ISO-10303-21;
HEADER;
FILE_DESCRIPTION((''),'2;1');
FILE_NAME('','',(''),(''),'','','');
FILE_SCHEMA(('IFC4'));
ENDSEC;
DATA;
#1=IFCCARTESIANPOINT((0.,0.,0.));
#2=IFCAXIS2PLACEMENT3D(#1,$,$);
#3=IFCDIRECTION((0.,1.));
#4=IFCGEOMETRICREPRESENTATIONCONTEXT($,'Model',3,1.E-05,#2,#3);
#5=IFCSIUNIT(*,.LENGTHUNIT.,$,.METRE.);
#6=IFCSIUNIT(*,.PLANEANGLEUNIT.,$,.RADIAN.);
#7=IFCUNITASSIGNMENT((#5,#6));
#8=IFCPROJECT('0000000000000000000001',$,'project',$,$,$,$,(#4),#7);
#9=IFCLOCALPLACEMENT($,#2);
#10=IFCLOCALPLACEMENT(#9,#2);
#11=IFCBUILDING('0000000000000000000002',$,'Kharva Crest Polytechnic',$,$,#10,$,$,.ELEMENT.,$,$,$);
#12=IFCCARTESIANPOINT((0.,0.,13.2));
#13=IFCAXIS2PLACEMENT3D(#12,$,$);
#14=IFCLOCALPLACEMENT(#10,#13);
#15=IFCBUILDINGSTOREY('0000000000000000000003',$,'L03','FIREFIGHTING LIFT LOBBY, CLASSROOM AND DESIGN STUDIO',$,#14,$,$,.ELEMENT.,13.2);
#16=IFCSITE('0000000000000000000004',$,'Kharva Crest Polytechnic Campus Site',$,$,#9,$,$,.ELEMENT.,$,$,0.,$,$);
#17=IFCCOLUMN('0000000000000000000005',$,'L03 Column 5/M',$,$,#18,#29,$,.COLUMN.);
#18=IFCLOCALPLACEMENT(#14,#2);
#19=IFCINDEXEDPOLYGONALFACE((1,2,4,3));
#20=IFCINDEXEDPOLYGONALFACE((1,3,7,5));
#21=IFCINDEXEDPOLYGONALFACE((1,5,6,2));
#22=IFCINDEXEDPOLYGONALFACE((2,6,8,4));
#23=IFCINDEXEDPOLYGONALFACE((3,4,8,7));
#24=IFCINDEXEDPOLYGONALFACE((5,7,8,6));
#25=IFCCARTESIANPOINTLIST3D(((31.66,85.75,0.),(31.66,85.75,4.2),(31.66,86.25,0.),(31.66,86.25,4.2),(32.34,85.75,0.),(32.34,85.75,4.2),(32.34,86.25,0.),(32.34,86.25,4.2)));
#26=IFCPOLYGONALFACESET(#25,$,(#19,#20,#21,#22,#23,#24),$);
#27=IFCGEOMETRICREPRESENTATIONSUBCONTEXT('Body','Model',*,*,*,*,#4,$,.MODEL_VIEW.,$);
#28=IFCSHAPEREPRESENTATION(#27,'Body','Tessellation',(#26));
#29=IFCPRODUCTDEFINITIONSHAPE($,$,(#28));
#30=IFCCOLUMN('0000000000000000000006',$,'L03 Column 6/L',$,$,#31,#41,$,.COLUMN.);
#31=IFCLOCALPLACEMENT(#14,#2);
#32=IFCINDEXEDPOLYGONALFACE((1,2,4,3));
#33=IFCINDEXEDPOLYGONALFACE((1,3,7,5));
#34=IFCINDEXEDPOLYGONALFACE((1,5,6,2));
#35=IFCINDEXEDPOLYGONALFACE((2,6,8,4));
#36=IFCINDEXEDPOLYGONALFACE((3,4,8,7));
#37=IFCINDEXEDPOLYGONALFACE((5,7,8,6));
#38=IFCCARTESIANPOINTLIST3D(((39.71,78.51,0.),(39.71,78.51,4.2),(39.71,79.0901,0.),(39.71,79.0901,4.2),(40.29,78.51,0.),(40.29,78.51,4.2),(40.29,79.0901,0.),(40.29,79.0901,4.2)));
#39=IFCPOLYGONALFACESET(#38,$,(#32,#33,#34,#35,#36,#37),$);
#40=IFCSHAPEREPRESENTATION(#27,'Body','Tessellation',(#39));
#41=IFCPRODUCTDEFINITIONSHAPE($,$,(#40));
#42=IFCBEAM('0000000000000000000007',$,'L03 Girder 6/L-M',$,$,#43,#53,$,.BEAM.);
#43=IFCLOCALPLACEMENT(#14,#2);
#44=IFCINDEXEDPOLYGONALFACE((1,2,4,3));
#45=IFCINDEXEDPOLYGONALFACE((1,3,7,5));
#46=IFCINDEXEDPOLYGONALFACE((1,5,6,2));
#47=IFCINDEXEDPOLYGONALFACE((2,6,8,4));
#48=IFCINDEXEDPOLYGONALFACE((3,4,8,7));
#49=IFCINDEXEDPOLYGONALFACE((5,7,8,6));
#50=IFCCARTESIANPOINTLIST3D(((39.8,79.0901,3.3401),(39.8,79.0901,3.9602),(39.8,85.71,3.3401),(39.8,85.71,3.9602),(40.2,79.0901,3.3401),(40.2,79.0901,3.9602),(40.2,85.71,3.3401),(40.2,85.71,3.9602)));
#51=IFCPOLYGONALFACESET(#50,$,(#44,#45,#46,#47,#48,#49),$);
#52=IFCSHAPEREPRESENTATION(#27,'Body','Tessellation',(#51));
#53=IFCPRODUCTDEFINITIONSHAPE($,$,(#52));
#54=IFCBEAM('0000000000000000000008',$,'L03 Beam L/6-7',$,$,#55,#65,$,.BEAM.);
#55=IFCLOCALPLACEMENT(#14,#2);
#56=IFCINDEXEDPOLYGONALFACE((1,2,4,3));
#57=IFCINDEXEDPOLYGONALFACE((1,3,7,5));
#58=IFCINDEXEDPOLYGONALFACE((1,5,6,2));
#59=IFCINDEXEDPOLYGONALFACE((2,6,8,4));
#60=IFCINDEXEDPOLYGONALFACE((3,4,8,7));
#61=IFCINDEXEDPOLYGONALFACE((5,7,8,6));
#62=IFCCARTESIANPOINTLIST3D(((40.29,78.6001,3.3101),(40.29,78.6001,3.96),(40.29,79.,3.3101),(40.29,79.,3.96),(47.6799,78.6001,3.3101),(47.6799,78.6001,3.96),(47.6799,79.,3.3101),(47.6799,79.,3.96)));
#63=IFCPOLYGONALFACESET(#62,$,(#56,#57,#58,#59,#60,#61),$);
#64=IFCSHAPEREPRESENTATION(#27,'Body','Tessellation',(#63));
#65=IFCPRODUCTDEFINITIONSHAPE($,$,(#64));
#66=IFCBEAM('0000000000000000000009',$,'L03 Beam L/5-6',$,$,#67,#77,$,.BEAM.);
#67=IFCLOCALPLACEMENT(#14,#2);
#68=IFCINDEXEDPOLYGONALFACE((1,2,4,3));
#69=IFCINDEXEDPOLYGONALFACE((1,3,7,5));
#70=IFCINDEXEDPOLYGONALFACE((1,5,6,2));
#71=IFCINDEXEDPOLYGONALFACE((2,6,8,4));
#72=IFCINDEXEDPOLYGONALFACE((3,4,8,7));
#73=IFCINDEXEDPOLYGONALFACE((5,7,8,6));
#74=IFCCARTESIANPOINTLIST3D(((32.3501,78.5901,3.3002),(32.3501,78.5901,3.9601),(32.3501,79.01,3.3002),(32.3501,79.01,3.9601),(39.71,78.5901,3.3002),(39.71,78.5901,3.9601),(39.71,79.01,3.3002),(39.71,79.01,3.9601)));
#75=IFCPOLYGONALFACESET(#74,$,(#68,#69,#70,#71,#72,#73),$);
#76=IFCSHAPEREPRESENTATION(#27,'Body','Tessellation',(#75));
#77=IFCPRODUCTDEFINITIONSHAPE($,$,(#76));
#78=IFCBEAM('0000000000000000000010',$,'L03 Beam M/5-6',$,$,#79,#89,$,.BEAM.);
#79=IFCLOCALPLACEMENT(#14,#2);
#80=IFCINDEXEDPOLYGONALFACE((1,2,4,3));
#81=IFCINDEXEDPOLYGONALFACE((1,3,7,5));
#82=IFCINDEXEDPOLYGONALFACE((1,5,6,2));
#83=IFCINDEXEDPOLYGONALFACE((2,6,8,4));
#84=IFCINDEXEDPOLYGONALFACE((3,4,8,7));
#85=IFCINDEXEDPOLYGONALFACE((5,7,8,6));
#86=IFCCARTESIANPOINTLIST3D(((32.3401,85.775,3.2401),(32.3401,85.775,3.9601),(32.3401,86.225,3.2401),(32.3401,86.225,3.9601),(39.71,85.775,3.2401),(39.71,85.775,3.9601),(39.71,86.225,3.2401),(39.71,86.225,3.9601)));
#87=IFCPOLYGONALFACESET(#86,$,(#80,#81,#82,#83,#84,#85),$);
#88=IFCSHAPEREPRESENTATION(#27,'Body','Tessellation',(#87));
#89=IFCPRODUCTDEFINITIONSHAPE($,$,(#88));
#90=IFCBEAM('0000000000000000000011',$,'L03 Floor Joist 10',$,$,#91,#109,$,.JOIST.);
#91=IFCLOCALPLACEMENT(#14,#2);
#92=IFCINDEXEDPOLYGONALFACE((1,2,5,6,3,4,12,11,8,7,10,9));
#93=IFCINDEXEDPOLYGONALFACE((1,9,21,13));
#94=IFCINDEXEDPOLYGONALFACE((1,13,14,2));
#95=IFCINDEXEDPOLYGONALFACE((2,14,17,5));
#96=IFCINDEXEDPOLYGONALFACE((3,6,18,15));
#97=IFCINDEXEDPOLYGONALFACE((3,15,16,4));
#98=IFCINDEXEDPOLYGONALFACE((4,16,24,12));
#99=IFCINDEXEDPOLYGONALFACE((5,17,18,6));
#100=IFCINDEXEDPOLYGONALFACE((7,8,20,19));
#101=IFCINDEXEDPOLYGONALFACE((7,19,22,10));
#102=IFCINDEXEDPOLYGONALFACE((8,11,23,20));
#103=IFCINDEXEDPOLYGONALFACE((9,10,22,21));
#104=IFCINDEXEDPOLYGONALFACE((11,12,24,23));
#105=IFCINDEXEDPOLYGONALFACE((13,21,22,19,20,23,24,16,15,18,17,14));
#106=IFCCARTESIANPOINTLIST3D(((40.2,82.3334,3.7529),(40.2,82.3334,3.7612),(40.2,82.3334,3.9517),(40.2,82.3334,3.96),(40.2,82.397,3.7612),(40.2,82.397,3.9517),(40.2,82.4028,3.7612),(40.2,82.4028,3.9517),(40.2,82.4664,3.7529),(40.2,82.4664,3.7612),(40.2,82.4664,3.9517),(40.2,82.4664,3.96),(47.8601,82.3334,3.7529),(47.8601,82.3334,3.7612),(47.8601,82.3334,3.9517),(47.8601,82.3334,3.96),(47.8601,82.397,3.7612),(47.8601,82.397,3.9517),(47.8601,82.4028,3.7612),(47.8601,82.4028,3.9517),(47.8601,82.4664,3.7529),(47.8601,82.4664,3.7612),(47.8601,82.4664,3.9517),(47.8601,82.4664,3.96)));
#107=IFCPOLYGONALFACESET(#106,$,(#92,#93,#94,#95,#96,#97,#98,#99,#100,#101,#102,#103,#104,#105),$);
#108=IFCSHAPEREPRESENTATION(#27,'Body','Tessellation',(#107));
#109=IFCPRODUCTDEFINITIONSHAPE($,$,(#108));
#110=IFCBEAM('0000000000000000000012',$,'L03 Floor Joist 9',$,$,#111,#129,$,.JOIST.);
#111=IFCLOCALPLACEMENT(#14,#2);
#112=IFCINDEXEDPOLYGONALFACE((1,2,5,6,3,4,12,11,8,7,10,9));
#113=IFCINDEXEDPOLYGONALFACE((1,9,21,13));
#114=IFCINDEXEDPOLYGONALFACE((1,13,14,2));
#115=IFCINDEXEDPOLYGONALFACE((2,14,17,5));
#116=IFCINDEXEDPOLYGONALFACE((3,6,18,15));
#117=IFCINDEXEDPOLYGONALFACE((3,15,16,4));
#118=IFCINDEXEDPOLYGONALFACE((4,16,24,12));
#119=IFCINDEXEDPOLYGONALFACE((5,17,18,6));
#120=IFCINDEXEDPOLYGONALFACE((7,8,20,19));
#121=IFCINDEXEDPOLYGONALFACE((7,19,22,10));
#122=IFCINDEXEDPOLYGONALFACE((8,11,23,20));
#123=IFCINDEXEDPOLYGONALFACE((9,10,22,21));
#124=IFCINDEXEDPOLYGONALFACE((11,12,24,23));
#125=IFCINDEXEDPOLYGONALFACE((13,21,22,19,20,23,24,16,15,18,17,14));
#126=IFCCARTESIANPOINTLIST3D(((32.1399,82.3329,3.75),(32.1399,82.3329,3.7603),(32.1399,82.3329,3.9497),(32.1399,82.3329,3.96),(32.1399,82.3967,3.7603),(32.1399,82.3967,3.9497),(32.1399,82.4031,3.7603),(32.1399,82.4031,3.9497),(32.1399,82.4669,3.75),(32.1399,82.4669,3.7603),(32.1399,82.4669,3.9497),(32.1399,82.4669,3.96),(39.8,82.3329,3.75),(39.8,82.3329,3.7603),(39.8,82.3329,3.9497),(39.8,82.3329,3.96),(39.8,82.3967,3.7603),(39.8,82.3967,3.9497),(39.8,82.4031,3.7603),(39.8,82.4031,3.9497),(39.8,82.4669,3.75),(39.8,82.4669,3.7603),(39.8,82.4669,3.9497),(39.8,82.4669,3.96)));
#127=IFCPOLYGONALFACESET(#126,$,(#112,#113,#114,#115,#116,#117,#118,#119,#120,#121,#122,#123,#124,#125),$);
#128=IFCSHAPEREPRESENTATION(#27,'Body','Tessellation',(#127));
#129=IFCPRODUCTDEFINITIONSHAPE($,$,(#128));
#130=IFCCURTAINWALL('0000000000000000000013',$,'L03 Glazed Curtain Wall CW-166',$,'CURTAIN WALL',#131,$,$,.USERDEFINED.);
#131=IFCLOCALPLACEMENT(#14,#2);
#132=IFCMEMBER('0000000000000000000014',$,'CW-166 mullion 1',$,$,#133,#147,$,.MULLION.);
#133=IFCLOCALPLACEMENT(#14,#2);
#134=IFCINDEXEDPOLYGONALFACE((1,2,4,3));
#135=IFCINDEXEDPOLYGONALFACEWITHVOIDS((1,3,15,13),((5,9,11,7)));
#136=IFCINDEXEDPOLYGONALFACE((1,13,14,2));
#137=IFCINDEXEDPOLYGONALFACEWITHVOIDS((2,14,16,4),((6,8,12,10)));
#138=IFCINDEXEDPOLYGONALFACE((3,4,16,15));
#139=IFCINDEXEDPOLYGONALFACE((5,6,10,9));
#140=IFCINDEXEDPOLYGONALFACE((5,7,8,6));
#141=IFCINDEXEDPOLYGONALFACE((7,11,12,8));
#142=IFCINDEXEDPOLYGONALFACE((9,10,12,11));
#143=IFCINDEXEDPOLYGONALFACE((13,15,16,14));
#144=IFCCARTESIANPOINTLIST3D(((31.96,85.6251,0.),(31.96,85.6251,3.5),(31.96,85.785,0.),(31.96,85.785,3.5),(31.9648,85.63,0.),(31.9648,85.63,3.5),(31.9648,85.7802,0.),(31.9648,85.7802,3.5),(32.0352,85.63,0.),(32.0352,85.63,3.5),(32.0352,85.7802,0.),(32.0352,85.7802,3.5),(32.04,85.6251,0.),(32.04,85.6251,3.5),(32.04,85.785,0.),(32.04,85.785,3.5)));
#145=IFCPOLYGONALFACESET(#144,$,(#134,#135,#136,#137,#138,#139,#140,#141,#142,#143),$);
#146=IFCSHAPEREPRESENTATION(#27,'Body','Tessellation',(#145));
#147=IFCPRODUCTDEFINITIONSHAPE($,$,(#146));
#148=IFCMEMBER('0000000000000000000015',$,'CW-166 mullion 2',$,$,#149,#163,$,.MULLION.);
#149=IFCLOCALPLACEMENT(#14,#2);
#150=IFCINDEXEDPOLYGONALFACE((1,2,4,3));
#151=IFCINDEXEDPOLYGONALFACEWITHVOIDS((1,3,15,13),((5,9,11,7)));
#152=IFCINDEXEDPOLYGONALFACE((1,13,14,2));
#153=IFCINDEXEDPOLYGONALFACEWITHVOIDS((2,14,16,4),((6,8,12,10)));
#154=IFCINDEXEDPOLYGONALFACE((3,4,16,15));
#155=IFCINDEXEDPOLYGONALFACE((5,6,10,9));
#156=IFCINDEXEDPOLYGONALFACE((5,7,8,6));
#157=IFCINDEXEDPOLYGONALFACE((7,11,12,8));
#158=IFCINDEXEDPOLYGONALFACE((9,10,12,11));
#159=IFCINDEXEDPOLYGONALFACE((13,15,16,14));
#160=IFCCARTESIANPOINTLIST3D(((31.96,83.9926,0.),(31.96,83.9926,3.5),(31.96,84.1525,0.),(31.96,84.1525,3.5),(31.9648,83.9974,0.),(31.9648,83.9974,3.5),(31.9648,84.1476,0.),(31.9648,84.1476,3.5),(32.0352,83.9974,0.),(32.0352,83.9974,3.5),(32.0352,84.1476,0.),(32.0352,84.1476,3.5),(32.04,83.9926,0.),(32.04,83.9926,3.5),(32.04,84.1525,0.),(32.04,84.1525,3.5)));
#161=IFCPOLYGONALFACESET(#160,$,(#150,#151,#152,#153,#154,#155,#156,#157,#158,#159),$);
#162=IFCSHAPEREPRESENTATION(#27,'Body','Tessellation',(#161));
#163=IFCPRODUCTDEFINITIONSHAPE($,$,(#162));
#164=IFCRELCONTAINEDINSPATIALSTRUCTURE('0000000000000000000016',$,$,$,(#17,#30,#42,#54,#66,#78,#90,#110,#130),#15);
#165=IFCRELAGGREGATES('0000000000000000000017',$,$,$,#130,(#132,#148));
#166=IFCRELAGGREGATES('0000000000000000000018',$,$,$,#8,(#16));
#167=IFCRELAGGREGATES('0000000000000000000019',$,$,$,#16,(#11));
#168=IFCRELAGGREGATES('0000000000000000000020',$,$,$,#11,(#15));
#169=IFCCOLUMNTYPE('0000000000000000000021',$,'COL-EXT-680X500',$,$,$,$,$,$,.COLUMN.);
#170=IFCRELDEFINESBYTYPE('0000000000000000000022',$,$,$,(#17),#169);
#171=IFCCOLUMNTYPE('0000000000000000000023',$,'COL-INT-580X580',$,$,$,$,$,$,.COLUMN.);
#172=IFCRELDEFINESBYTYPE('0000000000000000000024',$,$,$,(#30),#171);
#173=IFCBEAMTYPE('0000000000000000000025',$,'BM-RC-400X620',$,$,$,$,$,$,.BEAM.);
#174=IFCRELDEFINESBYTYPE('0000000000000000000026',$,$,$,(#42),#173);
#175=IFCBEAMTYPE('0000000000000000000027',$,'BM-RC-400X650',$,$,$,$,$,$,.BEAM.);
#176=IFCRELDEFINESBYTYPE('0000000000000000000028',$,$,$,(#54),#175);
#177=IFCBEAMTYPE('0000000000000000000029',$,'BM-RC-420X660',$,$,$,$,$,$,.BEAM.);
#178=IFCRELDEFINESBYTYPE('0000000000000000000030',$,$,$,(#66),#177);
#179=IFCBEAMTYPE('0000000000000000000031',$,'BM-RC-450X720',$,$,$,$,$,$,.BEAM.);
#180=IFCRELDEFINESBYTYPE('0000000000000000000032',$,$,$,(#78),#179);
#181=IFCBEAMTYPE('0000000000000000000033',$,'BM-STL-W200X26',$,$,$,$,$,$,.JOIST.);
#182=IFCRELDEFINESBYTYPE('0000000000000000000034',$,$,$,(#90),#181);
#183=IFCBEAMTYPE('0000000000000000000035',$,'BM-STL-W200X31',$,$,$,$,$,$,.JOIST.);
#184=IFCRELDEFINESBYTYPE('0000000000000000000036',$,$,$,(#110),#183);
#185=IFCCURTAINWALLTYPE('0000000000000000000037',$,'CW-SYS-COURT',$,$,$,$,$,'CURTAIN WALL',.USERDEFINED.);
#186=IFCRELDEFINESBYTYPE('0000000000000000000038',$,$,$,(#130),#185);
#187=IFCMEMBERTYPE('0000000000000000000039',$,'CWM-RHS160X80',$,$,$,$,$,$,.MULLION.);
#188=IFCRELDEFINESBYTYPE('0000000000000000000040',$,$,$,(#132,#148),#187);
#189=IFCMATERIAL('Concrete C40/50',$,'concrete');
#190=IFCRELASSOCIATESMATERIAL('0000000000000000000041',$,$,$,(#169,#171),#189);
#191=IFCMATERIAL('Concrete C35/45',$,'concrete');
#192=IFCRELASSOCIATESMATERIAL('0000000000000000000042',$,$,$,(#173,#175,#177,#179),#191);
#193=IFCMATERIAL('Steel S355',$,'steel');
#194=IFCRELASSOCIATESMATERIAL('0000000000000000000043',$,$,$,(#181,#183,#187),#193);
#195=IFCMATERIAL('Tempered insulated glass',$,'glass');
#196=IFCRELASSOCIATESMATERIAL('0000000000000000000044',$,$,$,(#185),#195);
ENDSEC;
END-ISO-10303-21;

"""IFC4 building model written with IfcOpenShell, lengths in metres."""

from ifc_helpers import new_model, si_unit, direction, frame, origin, origin_2d, place, context, subcontext, project, spatial, rectangle, hollow_rectangle, i_section, extrude, material, material_profile, profile_set, type_object, element, aggregate, save


model = new_model("IFC4")

# Units and contexts
model_context = context("Model", 3, precision=1e-05, world=origin(), true_north=direction((0.0, 1.0)))
body_context = subcontext(model_context, "Body", "Model", "MODEL_VIEW")
ifc_project = project(units=[si_unit("LENGTHUNIT", "METRE"), si_unit("PLANEANGLEUNIT", "RADIAN")], contexts=[model_context])

# Site, building, storey
site_placement = place(None, origin())
site = spatial("IfcSite", under=ifc_project, at=site_placement, Name="Kharva Crest Polytechnic Campus Site", CompositionType="ELEMENT", RefElevation=0.0)
building_placement = place(site_placement, origin())
building = spatial("IfcBuilding", under=site, at=building_placement, Name="Kharva Crest Polytechnic", CompositionType="ELEMENT")
storey_placement = place(building_placement, frame((0.0, 0.0, 13.2)))
storey = spatial("IfcBuildingStorey", under=building, at=storey_placement, Name="L03", Description="FIREFIGHTING LIFT LOBBY, CLASSROOM AND DESIGN STUDIO", CompositionType="ELEMENT", Elevation=13.2)

# Columns
ifc_material_1 = material(Name="Concrete C40/50", Category="concrete")
ifc_material_profile_1 = material_profile(ifc_material_1, rectangle(XDim=0.6799, YDim=0.5, at=origin_2d()), Name="RECT 680 X 500")
ifc_profile_set_1 = profile_set([ifc_material_profile_1], Name="Concrete C40/50")
column_type_1 = type_object("IfcColumnType", Name="COL-EXT-680X500", PredefinedType="COLUMN", material=ifc_profile_set_1)
column_1_placement = place(storey_placement, frame((32.0, 86.0, 0.0), z_axis=(0.0, 0.0, 1.0), x_axis=(1.0, 0.0, 0.0)))
element("IfcColumn", 1, at=column_1_placement, inside=storey, type_object=column_type_1, Name="L03 Column 5/M", PredefinedType="COLUMN", context=body_context, shape_type="SweptSolid", body=[
    extrude(rectangle(XDim=0.6799, YDim=0.5, at=origin_2d()), origin(), (0.0, 0.0, 1.0), 4.2),
])
ifc_material_profile_2 = material_profile(ifc_material_1, rectangle(XDim=0.5801, YDim=0.5801, at=origin_2d()), Name="RECT 580 X 580")
ifc_profile_set_2 = profile_set([ifc_material_profile_2], Name="Concrete C40/50")
column_type_2 = type_object("IfcColumnType", Name="COL-INT-580X580", PredefinedType="COLUMN", material=ifc_profile_set_2)
column_2_placement = place(storey_placement, frame((40.0, 78.8, 0.0), z_axis=(0.0, 0.0, 1.0), x_axis=(1.0, 0.0, 0.0)))
element("IfcColumn", 2, at=column_2_placement, inside=storey, type_object=column_type_2, Name="L03 Column 6/L", PredefinedType="COLUMN", context=body_context, shape_type="SweptSolid", body=[
    extrude(rectangle(XDim=0.5801, YDim=0.5801, at=origin_2d()), origin(), (0.0, 0.0, 1.0), 4.2),
])

# Beams
ifc_material_2 = material(Name="Concrete C35/45", Category="concrete")
ifc_material_profile_3 = material_profile(ifc_material_2, rectangle(XDim=0.3999, YDim=0.6201, at=origin_2d()), Name="RECT 400 X 620")
ifc_profile_set_3 = profile_set([ifc_material_profile_3], Name="Concrete C35/45")
beam_type_1 = type_object("IfcBeamType", Name="BM-RC-400X620", PredefinedType="BEAM", material=ifc_profile_set_3)
beam_1_placement = place(storey_placement, frame((40.0, 79.0901, 3.6501), z_axis=(0.0, 1.0, 0.0), x_axis=(-1.0, 0.0, 0.0)))
element("IfcBeam", 3, at=beam_1_placement, inside=storey, type_object=beam_type_1, Name="L03 Girder 6/L-M", PredefinedType="BEAM", context=body_context, shape_type="SweptSolid", body=[
    extrude(rectangle(XDim=0.3999, YDim=0.6201, at=origin_2d()), origin(), (0.0, 0.0, 1.0), 6.6199),
])
ifc_material_profile_4 = material_profile(ifc_material_2, rectangle(XDim=0.3999, YDim=0.6499, at=origin_2d()), Name="RECT 400 X 650")
ifc_profile_set_4 = profile_set([ifc_material_profile_4], Name="Concrete C35/45")
beam_type_2 = type_object("IfcBeamType", Name="BM-RC-400X650", PredefinedType="BEAM", material=ifc_profile_set_4)
beam_2_placement = place(storey_placement, frame((40.29, 78.8, 3.635), z_axis=(1.0, 0.0, 0.0), x_axis=(0.0, 1.0, 0.0)))
element("IfcBeam", 4, at=beam_2_placement, inside=storey, type_object=beam_type_2, Name="L03 Beam L/6-7", PredefinedType="BEAM", context=body_context, shape_type="SweptSolid", body=[
    extrude(rectangle(XDim=0.3999, YDim=0.6499, at=origin_2d()), origin(), (0.0, 0.0, 1.0), 7.3899),
])
ifc_material_profile_5 = material_profile(ifc_material_2, rectangle(XDim=0.4199, YDim=0.6599, at=origin_2d()), Name="RECT 420 X 660")
ifc_profile_set_5 = profile_set([ifc_material_profile_5], Name="Concrete C35/45")
beam_type_3 = type_object("IfcBeamType", Name="BM-RC-420X660", PredefinedType="BEAM", material=ifc_profile_set_5)
beam_3_placement = place(storey_placement, frame((32.3501, 78.8, 3.6301), z_axis=(1.0, 0.0, 0.0), x_axis=(0.0, 1.0, 0.0)))
element("IfcBeam", 5, at=beam_3_placement, inside=storey, type_object=beam_type_3, Name="L03 Beam L/5-6", PredefinedType="BEAM", context=body_context, shape_type="SweptSolid", body=[
    extrude(rectangle(XDim=0.4199, YDim=0.6599, at=origin_2d()), origin(), (0.0, 0.0, 1.0), 7.3599),
])
ifc_material_profile_6 = material_profile(ifc_material_2, rectangle(XDim=0.45, YDim=0.72, at=origin_2d()), Name="RECT 450 X 720")
ifc_profile_set_6 = profile_set([ifc_material_profile_6], Name="Concrete C35/45")
beam_type_4 = type_object("IfcBeamType", Name="BM-RC-450X720", PredefinedType="BEAM", material=ifc_profile_set_6)
beam_4_placement = place(storey_placement, frame((32.3401, 86.0, 3.6001), z_axis=(1.0, 0.0, 0.0), x_axis=(0.0, 1.0, 0.0)))
element("IfcBeam", 6, at=beam_4_placement, inside=storey, type_object=beam_type_4, Name="L03 Beam M/5-6", PredefinedType="BEAM", context=body_context, shape_type="SweptSolid", body=[
    extrude(rectangle(XDim=0.45, YDim=0.72, at=origin_2d()), origin(), (0.0, 0.0, 1.0), 7.3699),
])
ifc_material_3 = material(Name="Steel S355", Category="steel")
ifc_material_profile_7 = material_profile(ifc_material_3, i_section(OverallWidth=0.1331, OverallDepth=0.207, WebThickness=0.0059, FlangeThickness=0.0083, at=origin_2d()), Name="W200X26.6")
ifc_profile_set_7 = profile_set([ifc_material_profile_7], Name="Steel S355")
beam_type_5 = type_object("IfcBeamType", Name="BM-STL-W200X26", PredefinedType="JOIST", material=ifc_profile_set_7)
beam_5_placement = place(storey_placement, frame((40.2, 82.3999, 3.8564), z_axis=(1.0, 0.0, 0.0), x_axis=(0.0, 1.0, 0.0)))
element("IfcBeam", 7, at=beam_5_placement, inside=storey, type_object=beam_type_5, Name="L03 Floor Joist 10", PredefinedType="JOIST", context=body_context, shape_type="SweptSolid", body=[
    extrude(i_section(OverallWidth=0.1331, OverallDepth=0.207, WebThickness=0.0059, FlangeThickness=0.0083, at=origin_2d()), origin(), (0.0, 0.0, 1.0), 7.6602),
])
ifc_material_profile_8 = material_profile(ifc_material_3, i_section(OverallWidth=0.134, OverallDepth=0.21, WebThickness=0.0063, FlangeThickness=0.0103, at=origin_2d()), Name="W200X31.3")
ifc_profile_set_8 = profile_set([ifc_material_profile_8], Name="Steel S355")
beam_type_6 = type_object("IfcBeamType", Name="BM-STL-W200X31", PredefinedType="JOIST", material=ifc_profile_set_8)
beam_6_placement = place(storey_placement, frame((32.1399, 82.3999, 3.855), z_axis=(1.0, 0.0, 0.0), x_axis=(0.0, 1.0, 0.0)))
element("IfcBeam", 8, at=beam_6_placement, inside=storey, type_object=beam_type_6, Name="L03 Floor Joist 9", PredefinedType="JOIST", context=body_context, shape_type="SweptSolid", body=[
    extrude(i_section(OverallWidth=0.134, OverallDepth=0.21, WebThickness=0.0063, FlangeThickness=0.0103, at=origin_2d()), origin(), (0.0, 0.0, 1.0), 7.6602),
])

# Curtain wall, members
ifc_material_4 = material(Name="Tempered insulated glass", Category="glass")
curtain_wall_type = type_object("IfcCurtainWallType", Name="CW-SYS-COURT", ElementType="CURTAIN WALL", PredefinedType="USERDEFINED", material=ifc_material_4)
curtain_wall_placement = place(storey_placement, origin())
curtain_wall = element("IfcCurtainWall", 9, at=curtain_wall_placement, inside=storey, type_object=curtain_wall_type, Name="L03 Glazed Curtain Wall CW-166", ObjectType="CURTAIN WALL", PredefinedType="USERDEFINED")
ifc_material_profile_9 = material_profile(ifc_material_3, hollow_rectangle(XDim=0.0801, YDim=0.1599, WallThickness=0.0049, at=origin_2d()), Name="RHS 160X80X5.0")
ifc_profile_set_9 = profile_set([ifc_material_profile_9], Name="Steel S355")
member_type_1 = type_object("IfcMemberType", Name="CWM-RHS160X80", PredefinedType="MULLION", material=ifc_profile_set_9)
member_1_placement = place(storey_placement, frame((32.0, 85.7051, 0.0), z_axis=(0.0, 0.0, 1.0), x_axis=(1.0, 0.0, 0.0)))
member_1 = element("IfcMember", 10, at=member_1_placement, type_object=member_type_1, Name="CW-166 mullion 1", PredefinedType="MULLION", context=body_context, shape_type="SweptSolid", body=[
    extrude(hollow_rectangle(XDim=0.0801, YDim=0.1599, WallThickness=0.0049, at=origin_2d()), origin(), (0.0, 0.0, 1.0), 3.5),
])
member_2_placement = place(storey_placement, frame((32.0, 84.0725, 0.0), z_axis=(0.0, 0.0, 1.0), x_axis=(1.0, 0.0, 0.0)))
member_2 = element("IfcMember", 11, at=member_2_placement, type_object=member_type_1, Name="CW-166 mullion 2", PredefinedType="MULLION", context=body_context, shape_type="SweptSolid", body=[
    extrude(hollow_rectangle(XDim=0.0801, YDim=0.1599, WallThickness=0.0049, at=origin_2d()), origin(), (0.0, 0.0, 1.0), 3.5),
])
aggregate(curtain_wall, [member_1, member_2])

save(model, "model.ifc")
